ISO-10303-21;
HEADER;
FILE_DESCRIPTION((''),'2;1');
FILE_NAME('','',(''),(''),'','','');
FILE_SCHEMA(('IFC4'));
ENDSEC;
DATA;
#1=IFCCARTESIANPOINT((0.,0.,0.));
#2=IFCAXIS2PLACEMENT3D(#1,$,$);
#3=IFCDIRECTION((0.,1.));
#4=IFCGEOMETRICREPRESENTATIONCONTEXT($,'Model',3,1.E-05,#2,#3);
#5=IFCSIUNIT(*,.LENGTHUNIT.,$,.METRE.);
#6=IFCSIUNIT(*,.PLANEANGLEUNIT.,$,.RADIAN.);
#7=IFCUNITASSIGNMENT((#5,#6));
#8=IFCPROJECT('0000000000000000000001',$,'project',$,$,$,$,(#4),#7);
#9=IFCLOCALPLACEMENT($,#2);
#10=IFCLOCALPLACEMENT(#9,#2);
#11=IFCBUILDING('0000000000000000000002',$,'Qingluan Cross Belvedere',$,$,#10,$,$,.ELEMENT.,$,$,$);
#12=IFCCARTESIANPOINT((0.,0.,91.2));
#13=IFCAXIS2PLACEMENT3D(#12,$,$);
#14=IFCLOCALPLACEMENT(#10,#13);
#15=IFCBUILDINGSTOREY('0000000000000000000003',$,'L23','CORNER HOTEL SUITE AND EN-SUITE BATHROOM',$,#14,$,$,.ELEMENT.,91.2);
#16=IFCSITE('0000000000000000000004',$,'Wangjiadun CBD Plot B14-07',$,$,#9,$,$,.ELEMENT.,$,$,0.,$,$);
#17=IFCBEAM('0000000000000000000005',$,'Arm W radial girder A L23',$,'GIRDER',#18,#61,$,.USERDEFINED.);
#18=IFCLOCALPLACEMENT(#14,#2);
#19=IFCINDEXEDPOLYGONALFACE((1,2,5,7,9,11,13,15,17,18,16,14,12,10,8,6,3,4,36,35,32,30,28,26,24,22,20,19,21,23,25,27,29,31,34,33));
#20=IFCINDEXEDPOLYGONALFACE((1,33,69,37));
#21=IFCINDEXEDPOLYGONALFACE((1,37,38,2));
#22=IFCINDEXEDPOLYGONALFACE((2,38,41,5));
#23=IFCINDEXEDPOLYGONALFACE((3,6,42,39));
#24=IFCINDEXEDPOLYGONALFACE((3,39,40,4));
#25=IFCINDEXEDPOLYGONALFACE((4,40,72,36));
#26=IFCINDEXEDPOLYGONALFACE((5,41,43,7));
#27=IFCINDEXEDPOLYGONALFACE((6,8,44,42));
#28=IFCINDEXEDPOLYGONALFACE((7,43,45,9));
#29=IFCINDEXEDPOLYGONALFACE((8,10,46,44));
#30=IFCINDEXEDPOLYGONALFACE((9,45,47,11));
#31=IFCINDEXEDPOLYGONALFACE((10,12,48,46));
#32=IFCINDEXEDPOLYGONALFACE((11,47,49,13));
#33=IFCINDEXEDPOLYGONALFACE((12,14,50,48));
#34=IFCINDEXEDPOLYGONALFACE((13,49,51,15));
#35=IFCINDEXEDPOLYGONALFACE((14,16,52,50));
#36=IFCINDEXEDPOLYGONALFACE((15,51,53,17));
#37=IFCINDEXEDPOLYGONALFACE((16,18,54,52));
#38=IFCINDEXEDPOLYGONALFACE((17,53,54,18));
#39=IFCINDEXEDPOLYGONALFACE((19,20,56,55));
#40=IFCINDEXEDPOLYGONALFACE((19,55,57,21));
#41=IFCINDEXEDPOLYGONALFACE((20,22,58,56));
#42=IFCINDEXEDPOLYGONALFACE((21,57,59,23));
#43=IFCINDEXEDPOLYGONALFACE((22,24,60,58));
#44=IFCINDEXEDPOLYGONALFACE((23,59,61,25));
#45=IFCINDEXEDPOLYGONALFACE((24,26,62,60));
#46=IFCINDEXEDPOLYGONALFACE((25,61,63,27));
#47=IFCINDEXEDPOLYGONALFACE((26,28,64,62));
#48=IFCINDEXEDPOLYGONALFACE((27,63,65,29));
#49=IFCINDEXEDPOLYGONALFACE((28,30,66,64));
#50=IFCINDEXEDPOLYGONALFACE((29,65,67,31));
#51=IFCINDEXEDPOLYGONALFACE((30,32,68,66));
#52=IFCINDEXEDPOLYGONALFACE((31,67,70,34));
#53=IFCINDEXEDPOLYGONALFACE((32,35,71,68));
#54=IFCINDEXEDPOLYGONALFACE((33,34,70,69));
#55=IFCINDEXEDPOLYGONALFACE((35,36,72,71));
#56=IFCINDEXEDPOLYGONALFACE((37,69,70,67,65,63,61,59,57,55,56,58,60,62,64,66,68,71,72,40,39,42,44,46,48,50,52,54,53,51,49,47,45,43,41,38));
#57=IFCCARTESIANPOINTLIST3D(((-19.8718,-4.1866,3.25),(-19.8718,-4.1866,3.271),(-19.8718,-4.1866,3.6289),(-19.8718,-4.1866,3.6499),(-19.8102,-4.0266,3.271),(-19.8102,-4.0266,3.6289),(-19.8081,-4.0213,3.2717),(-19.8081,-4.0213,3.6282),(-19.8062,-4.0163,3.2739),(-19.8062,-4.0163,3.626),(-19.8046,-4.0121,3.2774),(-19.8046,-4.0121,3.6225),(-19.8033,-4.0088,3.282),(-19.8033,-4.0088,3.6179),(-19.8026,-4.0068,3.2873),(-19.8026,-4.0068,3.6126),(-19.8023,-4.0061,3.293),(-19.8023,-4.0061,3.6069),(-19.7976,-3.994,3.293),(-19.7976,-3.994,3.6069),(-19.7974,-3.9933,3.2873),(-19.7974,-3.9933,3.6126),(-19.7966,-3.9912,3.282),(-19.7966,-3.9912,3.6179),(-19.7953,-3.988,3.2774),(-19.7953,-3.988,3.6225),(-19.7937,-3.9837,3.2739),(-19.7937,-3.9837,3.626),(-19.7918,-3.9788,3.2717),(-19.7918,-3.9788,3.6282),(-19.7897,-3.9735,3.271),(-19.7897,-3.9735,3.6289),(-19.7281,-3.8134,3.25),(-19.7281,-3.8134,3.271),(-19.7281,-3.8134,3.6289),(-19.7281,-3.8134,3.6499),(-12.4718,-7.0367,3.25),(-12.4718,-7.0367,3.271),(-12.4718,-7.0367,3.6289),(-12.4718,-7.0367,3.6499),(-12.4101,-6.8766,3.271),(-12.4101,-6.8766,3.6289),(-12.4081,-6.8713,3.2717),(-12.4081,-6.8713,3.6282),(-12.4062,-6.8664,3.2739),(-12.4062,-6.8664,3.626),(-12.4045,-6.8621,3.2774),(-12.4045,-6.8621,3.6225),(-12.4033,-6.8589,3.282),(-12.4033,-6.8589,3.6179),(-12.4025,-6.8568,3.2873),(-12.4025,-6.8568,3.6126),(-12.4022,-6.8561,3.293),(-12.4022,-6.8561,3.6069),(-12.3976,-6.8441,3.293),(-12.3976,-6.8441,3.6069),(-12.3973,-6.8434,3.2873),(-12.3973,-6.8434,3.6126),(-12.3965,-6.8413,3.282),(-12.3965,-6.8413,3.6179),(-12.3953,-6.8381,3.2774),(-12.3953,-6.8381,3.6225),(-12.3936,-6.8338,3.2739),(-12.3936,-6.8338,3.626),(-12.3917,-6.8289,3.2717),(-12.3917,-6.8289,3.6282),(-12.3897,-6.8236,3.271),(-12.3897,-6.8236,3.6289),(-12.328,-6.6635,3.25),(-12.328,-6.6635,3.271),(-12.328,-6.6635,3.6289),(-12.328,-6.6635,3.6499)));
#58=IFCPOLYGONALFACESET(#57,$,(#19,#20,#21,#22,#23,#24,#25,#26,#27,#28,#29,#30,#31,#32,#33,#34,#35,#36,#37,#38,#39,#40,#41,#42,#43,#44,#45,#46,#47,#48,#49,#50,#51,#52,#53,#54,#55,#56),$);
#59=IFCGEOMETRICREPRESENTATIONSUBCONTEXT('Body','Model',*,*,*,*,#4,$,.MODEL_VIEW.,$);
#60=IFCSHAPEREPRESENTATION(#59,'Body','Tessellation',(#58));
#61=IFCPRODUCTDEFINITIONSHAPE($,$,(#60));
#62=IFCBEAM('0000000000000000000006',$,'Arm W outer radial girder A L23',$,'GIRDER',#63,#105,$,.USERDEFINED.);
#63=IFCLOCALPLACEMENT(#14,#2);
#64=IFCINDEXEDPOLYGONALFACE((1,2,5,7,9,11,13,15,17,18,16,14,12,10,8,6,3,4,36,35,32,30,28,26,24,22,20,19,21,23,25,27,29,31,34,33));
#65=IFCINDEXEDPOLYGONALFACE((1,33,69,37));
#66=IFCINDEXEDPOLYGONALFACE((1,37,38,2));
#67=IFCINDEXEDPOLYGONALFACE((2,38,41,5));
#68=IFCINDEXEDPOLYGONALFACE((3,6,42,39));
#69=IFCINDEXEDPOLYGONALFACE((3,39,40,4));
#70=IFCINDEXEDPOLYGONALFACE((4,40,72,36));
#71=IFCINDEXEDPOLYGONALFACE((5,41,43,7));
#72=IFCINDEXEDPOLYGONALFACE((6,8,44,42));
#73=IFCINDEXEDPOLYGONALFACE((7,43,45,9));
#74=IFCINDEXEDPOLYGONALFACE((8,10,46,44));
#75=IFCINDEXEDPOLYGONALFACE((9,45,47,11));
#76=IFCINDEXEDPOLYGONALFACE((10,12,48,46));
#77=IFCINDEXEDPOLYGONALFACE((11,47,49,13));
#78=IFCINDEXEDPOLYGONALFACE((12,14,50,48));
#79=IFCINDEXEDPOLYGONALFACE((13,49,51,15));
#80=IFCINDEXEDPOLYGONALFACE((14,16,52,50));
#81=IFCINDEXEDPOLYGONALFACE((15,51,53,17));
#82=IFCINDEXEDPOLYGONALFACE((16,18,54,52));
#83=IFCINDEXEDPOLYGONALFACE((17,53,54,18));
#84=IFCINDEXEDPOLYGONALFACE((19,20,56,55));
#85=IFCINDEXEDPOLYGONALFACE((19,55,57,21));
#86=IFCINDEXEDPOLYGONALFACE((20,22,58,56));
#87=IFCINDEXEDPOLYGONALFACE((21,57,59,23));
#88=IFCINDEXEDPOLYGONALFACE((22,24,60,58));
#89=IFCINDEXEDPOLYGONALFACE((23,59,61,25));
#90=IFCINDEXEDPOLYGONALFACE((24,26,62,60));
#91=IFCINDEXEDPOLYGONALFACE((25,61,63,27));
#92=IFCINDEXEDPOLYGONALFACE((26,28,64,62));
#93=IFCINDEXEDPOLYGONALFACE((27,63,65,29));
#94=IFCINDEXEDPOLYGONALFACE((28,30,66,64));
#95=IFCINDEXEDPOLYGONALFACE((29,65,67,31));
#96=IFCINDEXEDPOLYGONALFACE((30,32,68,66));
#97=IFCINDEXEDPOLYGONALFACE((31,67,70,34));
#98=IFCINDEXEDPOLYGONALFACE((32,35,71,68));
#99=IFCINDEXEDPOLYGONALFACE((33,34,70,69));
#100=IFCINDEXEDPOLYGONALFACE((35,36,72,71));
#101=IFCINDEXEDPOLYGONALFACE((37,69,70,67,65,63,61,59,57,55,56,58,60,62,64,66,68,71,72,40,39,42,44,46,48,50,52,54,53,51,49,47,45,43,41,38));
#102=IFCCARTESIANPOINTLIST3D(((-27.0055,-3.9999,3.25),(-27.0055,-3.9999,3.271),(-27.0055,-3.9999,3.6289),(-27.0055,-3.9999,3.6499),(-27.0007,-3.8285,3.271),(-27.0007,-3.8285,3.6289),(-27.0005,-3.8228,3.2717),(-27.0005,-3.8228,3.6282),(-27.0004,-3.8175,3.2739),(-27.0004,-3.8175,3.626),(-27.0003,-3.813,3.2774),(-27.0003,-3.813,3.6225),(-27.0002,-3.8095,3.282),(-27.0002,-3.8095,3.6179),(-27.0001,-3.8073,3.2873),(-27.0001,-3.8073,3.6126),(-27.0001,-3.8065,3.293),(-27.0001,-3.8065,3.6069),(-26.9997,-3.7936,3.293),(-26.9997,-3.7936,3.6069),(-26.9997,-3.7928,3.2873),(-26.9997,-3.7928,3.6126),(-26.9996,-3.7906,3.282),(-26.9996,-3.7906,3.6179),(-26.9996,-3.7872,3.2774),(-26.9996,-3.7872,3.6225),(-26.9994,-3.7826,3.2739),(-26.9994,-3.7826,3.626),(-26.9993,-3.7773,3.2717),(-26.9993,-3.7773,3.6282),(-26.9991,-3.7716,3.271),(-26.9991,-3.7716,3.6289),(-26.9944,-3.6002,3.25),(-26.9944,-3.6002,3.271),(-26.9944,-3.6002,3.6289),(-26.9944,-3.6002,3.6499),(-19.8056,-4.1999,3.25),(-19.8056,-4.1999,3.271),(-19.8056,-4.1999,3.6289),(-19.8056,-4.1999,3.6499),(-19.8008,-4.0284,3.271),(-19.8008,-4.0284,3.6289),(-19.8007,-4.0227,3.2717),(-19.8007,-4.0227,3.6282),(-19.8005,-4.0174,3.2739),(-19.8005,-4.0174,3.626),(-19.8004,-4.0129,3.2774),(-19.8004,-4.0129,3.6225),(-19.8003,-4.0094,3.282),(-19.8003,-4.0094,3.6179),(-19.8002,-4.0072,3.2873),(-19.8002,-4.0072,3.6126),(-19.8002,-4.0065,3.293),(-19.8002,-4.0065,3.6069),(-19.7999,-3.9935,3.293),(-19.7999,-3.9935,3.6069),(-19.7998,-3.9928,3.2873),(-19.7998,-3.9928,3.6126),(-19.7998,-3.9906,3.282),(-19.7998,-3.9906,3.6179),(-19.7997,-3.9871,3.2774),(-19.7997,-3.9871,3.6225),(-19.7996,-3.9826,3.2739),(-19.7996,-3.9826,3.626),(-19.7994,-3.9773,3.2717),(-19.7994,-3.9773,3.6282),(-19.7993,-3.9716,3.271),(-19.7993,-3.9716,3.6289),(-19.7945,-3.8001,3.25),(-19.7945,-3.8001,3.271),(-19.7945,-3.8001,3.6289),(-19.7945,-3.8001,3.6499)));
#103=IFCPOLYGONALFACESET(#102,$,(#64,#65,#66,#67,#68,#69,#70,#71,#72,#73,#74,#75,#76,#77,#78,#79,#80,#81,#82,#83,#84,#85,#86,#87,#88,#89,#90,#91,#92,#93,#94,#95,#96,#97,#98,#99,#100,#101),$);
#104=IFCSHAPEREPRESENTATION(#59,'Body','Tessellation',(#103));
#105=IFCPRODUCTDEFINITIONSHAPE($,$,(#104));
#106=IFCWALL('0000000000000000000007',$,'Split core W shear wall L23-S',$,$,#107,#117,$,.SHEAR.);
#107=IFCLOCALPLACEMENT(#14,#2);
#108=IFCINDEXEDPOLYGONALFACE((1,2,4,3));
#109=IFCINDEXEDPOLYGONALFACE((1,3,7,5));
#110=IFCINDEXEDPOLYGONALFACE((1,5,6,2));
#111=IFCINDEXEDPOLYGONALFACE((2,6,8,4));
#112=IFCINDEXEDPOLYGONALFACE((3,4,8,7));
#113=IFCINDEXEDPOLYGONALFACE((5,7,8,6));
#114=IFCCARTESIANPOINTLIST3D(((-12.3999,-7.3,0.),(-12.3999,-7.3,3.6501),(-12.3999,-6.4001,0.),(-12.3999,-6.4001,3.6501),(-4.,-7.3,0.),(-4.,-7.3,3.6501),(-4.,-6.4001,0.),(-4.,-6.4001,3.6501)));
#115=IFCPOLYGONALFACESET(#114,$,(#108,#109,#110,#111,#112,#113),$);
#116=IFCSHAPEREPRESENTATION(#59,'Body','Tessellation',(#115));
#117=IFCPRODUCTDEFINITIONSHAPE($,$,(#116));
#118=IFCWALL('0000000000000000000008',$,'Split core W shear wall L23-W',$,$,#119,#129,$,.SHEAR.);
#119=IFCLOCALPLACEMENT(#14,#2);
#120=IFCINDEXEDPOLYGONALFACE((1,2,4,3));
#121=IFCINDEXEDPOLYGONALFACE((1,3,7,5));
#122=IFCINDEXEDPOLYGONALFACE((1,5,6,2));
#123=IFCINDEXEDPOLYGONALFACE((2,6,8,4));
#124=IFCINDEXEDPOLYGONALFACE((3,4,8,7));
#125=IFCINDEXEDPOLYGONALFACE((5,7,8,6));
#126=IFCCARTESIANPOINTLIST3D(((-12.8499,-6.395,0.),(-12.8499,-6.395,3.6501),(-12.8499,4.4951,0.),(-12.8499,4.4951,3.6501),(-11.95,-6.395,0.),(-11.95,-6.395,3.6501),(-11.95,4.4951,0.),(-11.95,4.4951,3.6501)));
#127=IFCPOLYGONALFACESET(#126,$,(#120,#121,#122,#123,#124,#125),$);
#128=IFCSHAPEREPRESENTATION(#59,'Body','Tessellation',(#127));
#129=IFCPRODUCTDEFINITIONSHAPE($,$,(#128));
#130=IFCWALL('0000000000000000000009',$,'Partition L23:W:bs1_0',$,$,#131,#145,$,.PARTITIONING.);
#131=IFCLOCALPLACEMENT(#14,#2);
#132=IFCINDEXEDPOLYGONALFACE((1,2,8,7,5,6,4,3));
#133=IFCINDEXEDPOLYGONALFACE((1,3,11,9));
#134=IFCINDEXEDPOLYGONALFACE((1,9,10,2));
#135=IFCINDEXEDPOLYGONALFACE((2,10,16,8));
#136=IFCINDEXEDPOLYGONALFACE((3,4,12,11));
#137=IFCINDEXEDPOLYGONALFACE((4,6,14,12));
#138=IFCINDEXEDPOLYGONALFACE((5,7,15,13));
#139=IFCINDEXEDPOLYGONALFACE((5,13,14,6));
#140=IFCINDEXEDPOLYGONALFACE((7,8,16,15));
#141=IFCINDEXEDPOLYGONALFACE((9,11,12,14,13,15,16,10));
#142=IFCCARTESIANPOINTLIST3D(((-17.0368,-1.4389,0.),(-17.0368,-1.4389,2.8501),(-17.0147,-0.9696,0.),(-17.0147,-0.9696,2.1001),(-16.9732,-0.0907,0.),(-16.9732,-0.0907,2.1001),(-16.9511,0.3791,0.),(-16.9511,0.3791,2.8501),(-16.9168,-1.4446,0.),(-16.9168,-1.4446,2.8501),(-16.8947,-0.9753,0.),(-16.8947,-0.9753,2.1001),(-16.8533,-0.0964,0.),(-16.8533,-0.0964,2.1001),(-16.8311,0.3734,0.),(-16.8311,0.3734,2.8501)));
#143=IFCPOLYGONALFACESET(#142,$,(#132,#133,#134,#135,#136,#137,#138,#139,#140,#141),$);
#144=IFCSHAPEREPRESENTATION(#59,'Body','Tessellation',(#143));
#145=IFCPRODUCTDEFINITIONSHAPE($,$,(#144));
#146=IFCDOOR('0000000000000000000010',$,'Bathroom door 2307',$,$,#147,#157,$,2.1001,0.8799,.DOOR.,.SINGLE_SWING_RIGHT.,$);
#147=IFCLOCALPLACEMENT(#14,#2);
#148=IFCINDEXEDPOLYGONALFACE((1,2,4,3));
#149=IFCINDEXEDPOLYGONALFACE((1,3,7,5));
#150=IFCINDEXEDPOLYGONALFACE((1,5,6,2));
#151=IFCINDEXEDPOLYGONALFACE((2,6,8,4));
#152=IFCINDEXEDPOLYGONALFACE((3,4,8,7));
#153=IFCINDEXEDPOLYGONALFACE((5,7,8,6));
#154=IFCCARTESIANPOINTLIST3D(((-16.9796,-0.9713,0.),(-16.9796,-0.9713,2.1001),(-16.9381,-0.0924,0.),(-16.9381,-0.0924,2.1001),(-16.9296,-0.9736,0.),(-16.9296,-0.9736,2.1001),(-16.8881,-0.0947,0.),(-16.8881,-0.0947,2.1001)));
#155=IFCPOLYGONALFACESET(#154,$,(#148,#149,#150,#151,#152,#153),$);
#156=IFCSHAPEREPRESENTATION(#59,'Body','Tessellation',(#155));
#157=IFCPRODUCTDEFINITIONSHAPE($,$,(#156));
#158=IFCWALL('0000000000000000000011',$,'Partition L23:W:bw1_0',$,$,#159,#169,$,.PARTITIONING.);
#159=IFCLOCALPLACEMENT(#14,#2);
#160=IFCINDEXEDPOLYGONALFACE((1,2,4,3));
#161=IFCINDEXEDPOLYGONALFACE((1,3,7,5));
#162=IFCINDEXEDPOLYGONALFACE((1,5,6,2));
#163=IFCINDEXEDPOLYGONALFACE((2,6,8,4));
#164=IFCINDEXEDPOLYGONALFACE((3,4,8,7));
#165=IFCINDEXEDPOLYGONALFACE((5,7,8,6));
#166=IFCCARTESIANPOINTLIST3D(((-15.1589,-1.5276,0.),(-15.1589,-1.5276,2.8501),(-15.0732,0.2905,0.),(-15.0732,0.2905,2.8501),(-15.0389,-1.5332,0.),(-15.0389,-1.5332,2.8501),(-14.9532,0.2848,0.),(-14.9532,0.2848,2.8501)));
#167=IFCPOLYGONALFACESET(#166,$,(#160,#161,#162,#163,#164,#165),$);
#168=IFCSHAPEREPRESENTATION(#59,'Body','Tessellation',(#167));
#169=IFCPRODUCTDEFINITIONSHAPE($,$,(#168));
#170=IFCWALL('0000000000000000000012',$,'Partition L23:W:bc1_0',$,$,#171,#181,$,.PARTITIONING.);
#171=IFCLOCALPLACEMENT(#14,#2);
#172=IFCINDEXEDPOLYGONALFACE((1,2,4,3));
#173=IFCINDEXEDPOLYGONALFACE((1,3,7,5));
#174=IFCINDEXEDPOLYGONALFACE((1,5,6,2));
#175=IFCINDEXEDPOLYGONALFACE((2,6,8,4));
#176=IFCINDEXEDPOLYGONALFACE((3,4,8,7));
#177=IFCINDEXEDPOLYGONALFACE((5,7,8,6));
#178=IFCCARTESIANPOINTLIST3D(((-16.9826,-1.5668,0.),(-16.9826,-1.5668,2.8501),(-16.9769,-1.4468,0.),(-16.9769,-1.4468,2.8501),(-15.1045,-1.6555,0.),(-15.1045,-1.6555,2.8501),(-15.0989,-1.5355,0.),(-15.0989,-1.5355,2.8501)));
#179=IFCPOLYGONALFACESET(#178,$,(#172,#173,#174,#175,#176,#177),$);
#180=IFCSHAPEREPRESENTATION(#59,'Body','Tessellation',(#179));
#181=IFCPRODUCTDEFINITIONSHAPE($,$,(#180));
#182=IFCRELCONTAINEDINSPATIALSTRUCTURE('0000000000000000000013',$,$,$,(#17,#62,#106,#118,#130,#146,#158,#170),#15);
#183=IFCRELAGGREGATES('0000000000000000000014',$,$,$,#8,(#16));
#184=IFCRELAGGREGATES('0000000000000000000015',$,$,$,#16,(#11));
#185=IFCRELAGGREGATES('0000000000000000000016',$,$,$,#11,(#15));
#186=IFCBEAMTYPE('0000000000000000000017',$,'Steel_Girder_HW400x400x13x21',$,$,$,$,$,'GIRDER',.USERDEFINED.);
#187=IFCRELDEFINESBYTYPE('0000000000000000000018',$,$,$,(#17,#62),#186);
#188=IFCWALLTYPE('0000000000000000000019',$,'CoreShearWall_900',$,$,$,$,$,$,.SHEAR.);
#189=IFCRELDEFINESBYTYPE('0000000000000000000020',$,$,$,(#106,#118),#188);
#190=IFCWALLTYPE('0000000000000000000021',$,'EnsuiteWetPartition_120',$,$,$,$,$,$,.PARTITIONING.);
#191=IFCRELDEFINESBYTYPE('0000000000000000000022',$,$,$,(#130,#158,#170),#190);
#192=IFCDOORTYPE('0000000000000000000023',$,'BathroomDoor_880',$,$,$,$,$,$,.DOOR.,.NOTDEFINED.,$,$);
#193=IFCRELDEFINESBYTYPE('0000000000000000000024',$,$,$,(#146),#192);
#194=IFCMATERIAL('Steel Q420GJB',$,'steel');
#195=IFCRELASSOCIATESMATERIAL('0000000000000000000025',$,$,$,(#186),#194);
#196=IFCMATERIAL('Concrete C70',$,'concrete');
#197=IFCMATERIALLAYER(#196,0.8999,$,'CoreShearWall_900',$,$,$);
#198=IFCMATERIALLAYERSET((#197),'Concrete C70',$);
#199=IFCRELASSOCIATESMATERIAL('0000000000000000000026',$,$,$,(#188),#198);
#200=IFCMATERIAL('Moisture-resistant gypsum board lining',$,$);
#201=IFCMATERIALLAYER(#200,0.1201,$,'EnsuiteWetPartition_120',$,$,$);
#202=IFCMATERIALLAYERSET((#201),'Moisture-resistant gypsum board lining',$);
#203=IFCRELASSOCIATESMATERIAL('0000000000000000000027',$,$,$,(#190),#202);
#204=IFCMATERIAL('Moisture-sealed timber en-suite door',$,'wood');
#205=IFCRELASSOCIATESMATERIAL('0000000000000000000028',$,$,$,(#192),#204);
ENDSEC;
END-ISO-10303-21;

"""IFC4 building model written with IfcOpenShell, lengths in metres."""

from ifc_helpers import new_model, si_unit, direction, frame, frame_2d, origin, origin_2d, place, context, subcontext, project, spatial, rectangle, i_section, extrude, material, layer, layer_set, material_profile, profile_set, type_object, element, fill, save


model = new_model("IFC4")

# Units and contexts
model_context = context("Model", 3, precision=1e-05, world=origin(), true_north=direction((0.0, 1.0)))
body_context = subcontext(model_context, "Body", "Model", "MODEL_VIEW")
ifc_project = project(units=[si_unit("LENGTHUNIT", "METRE"), si_unit("PLANEANGLEUNIT", "RADIAN")], contexts=[model_context])

# Site, building, storey
site_placement = place(None, origin())
site = spatial("IfcSite", under=ifc_project, at=site_placement, Name="Wangjiadun CBD Plot B14-07", CompositionType="ELEMENT", RefElevation=0.0)
building_placement = place(site_placement, origin())
building = spatial("IfcBuilding", under=site, at=building_placement, Name="Qingluan Cross Belvedere", CompositionType="ELEMENT")
storey_placement = place(building_placement, frame((0.0, 0.0, 91.2)))
storey = spatial("IfcBuildingStorey", under=building, at=storey_placement, Name="L23", Description="CORNER HOTEL SUITE AND EN-SUITE BATHROOM", CompositionType="ELEMENT", Elevation=91.2)

# Beams
ifc_material_1 = material(Name="Steel Q420GJB", Category="steel")
ifc_material_profile_1 = material_profile(ifc_material_1, i_section(OverallWidth=0.3999, OverallDepth=0.3999, WebThickness=0.0129, FlangeThickness=0.021, FilletRadius=0.022, at=origin_2d()), Name="HW400x400x13x21")
ifc_profile_set_1 = profile_set([ifc_material_profile_1], Name="Steel Q420GJB")
beam_type_1 = type_object("IfcBeamType", Name="Steel_Girder_HW400x400x13x21", ElementType="GIRDER", PredefinedType="USERDEFINED", material=ifc_profile_set_1)
beam_1_placement = place(storey_placement, frame((-12.3999, -6.8501, 3.45), z_axis=(-0.933181, 0.359406, 0.0), x_axis=(-0.359406, -0.933181, 0.0)))
element("IfcBeam", 1, at=beam_1_placement, inside=storey, type_object=beam_type_1, Name="Arm W radial girder A L23", ObjectType="GIRDER", PredefinedType="USERDEFINED", context=body_context, shape_type="SweptSolid", body=[
    extrude(i_section(OverallWidth=0.3999, OverallDepth=0.3999, WebThickness=0.0129, FlangeThickness=0.021, FilletRadius=0.022, at=origin_2d()), origin(), (0.0, 0.0, 1.0), 7.9299),
])
beam_2_placement = place(storey_placement, frame((-19.8, -4.0, 3.45), z_axis=(-0.999615, 0.02776, 0.0), x_axis=(-0.02776, -0.999615, 0.0)))
element("IfcBeam", 2, at=beam_2_placement, inside=storey, type_object=beam_type_1, Name="Arm W outer radial girder A L23", ObjectType="GIRDER", PredefinedType="USERDEFINED", context=body_context, shape_type="SweptSolid", body=[
    extrude(i_section(OverallWidth=0.3999, OverallDepth=0.3999, WebThickness=0.0129, FlangeThickness=0.021, FilletRadius=0.022, at=origin_2d()), origin(), (0.0, 0.0, 1.0), 7.2026),
])

# Walls
ifc_material_2 = material(Name="Concrete C70", Category="concrete")
ifc_layer_1 = layer(ifc_material_2, 0.8999, Name="CoreShearWall_900")
ifc_layer_set_1 = layer_set([ifc_layer_1], Name="Concrete C70")
wall_type_1 = type_object("IfcWallType", Name="CoreShearWall_900", PredefinedType="SHEAR", material=ifc_layer_set_1)
wall_1_placement = place(storey_placement, frame((-12.3999, -6.8501, 0.0), z_axis=(0.0, 0.0, 1.0), x_axis=(1.0, 0.0, 0.0)))
element("IfcWall", 3, at=wall_1_placement, inside=storey, type_object=wall_type_1, Name="Split core W shear wall L23-S", PredefinedType="SHEAR", context=body_context, shape_type="SweptSolid", body=[
    extrude(rectangle(XDim=8.3999, YDim=0.8999, at=frame_2d((4.2, 0.0))), origin(), (0.0, 0.0, 1.0), 3.6501),
])
wall_2_placement = place(storey_placement, frame((-12.3999, -6.395, 0.0), z_axis=(0.0, 0.0, 1.0), x_axis=(0.0, 1.0, 0.0)))
element("IfcWall", 4, at=wall_2_placement, inside=storey, type_object=wall_type_1, Name="Split core W shear wall L23-W", PredefinedType="SHEAR", context=body_context, shape_type="SweptSolid", body=[
    extrude(rectangle(XDim=10.8901, YDim=0.8999, at=frame_2d((5.4451, 0.0))), origin(), (0.0, 0.0, 1.0), 3.6501),
])

# Wall, opening, door
ifc_material_3 = material(Name="Moisture-resistant gypsum board lining")
ifc_layer_2 = layer(ifc_material_3, 0.1201, Name="EnsuiteWetPartition_120")
ifc_layer_set_2 = layer_set([ifc_layer_2], Name="Moisture-resistant gypsum board lining")
wall_type_2 = type_object("IfcWallType", Name="EnsuiteWetPartition_120", PredefinedType="PARTITIONING", material=ifc_layer_set_2)
wall_3_placement = place(storey_placement, frame((-16.9768, -1.4419, 0.0), z_axis=(0.0, 0.0, 1.0), x_axis=(0.047081, 0.998891, 0.0)))
wall_3 = element("IfcWall", 5, at=wall_3_placement, inside=storey, type_object=wall_type_2, Name="Partition L23:W:bs1_0", PredefinedType="PARTITIONING", context=body_context, shape_type="SweptSolid", body=[
    extrude(rectangle(XDim=1.8201, YDim=0.1201, at=frame_2d((0.9102, 0.0))), origin(), (0.0, 0.0, 1.0), 2.8501),
])
opening_1_placement = place(wall_3_placement, frame((0.47, 0.0, 0.0)))
opening_1 = element("IfcOpeningElement", 6, at=opening_1_placement, cuts=wall_3, PredefinedType="OPENING", context=body_context, shape_type="SweptSolid", body=[
    extrude(rectangle(XDim=0.8799, YDim=2.1001, at=frame_2d((0.4399, 1.05))), frame((0.0, 0.0701, 0.0), z_axis=(0.0, -1.0, 0.0), x_axis=(1.0, 0.0, 0.0)), (0.0, 0.0, 1.0), 0.1401),
])
ifc_material_4 = material(Name="Moisture-sealed timber en-suite door", Category="wood")
door_type = type_object("IfcDoorType", Name="BathroomDoor_880", OperationType="NOTDEFINED", PredefinedType="DOOR", material=ifc_material_4)
door_1_placement = place(opening_1_placement, origin())
door_1 = element("IfcDoor", 7, at=door_1_placement, inside=storey, type_object=door_type, Name="Bathroom door 2307", OperationType="SINGLE_SWING_RIGHT", OverallHeight=2.1001, OverallWidth=0.8799, PredefinedType="DOOR", context=body_context, shape_type="SweptSolid", body=[
    extrude(rectangle(XDim=0.8799, YDim=2.1001, at=frame_2d((0.4399, 1.05))), frame((0.0, 0.0249, 0.0), z_axis=(0.0, -1.0, 0.0), x_axis=(1.0, 0.0, 0.0)), (0.0, 0.0, 1.0), 0.05),
])
fill(opening_1, door_1)

# Walls
wall_4_placement = place(storey_placement, frame((-15.0989, -1.5305, 0.0), z_axis=(0.0, 0.0, 1.0), x_axis=(0.047081, 0.998891, 0.0)))
element("IfcWall", 8, at=wall_4_placement, inside=storey, type_object=wall_type_2, Name="Partition L23:W:bw1_0", PredefinedType="PARTITIONING", context=body_context, shape_type="SweptSolid", body=[
    extrude(rectangle(XDim=1.8201, YDim=0.1201, at=frame_2d((0.9102, 0.0))), origin(), (0.0, 0.0, 1.0), 2.8501),
])
wall_5_placement = place(storey_placement, frame((-15.1018, -1.5955, 0.0), z_axis=(0.0, 0.0, 1.0), x_axis=(-0.998888, 0.047139, 0.0)))
element("IfcWall", 9, at=wall_5_placement, inside=storey, type_object=wall_type_2, Name="Partition L23:W:bc1_0", PredefinedType="PARTITIONING", context=body_context, shape_type="SweptSolid", body=[
    extrude(rectangle(XDim=1.8801, YDim=0.1201, at=frame_2d((0.9399, 0.0))), origin(), (0.0, 0.0, 1.0), 2.8501),
])

save(model, "model.ifc")
